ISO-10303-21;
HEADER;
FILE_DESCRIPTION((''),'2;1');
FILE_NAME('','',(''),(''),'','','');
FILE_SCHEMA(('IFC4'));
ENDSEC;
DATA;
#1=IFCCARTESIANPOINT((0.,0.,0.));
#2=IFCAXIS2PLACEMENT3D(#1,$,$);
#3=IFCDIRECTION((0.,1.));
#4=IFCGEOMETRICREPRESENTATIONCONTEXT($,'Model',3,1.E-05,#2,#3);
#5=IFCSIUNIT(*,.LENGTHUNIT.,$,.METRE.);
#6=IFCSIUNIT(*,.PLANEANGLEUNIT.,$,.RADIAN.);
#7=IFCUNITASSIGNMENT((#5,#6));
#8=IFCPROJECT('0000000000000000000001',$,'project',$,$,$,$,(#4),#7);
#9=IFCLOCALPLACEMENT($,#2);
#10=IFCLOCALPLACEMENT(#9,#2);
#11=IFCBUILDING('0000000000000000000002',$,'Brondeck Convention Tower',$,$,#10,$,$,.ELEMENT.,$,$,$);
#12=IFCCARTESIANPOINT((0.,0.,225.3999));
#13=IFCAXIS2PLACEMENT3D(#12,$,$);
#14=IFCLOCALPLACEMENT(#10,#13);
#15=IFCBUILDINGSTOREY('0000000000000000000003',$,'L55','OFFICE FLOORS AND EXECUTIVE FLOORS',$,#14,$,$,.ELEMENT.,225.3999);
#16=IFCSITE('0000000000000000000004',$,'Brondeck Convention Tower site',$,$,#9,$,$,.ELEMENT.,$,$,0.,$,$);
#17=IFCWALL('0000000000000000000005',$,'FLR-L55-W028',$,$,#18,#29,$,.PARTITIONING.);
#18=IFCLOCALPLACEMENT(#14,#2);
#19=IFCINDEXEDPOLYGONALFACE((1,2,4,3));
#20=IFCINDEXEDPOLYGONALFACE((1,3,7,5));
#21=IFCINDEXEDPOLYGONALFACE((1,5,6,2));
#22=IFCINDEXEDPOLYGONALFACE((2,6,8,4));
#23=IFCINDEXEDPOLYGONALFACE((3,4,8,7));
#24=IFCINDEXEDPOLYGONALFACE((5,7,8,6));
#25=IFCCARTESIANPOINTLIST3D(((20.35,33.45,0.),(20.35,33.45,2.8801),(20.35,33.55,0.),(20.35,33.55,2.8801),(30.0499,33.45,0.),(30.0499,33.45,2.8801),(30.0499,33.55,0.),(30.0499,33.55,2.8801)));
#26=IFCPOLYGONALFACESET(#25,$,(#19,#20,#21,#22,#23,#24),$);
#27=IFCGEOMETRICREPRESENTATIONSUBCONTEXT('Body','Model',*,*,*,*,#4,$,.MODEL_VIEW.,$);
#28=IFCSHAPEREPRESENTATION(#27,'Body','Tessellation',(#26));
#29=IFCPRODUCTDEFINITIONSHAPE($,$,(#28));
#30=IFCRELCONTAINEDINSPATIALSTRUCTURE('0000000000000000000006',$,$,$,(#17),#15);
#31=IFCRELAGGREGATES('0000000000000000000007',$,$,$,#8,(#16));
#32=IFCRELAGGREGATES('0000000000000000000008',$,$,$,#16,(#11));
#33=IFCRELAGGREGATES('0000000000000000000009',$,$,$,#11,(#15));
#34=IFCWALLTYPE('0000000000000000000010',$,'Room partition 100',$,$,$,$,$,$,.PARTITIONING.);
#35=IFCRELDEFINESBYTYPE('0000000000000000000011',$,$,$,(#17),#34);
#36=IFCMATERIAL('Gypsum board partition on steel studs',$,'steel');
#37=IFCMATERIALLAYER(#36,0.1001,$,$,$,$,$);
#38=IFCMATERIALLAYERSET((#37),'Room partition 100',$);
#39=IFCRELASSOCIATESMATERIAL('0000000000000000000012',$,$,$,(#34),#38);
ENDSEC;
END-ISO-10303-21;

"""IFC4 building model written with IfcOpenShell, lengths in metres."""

from ifc_helpers import new_model, si_unit, direction, frame, frame_2d, origin, place, context, subcontext, project, spatial, rectangle, extrude, material, layer, layer_set, type_object, element, save


model = new_model("IFC4")

# Units and contexts
model_context = context("Model", 3, precision=1e-05, world=origin(), true_north=direction((0.0, 1.0)))
body_context = subcontext(model_context, "Body", "Model", "MODEL_VIEW")
ifc_project = project(units=[si_unit("LENGTHUNIT", "METRE"), si_unit("PLANEANGLEUNIT", "RADIAN")], contexts=[model_context])

# Site, building, storey
site_placement = place(None, origin())
site = spatial("IfcSite", under=ifc_project, at=site_placement, Name="Brondeck Convention Tower site", CompositionType="ELEMENT", RefElevation=0.0)
building_placement = place(site_placement, origin())
building = spatial("IfcBuilding", under=site, at=building_placement, Name="Brondeck Convention Tower", CompositionType="ELEMENT")
storey_placement = place(building_placement, frame((0.0, 0.0, 225.3999)))
storey = spatial("IfcBuildingStorey", under=building, at=storey_placement, Name="L55", Description="OFFICE FLOORS AND EXECUTIVE FLOORS", CompositionType="ELEMENT", Elevation=225.3999)

# Wall
ifc_material_1 = material(Name="Gypsum board partition on steel studs", Category="steel")
ifc_layer_1 = layer(ifc_material_1, 0.1001)
ifc_layer_set_1 = layer_set([ifc_layer_1], Name="Room partition 100")
wall_type_1 = type_object("IfcWallType", Name="Room partition 100", PredefinedType="PARTITIONING", material=ifc_layer_set_1)
wall_1_placement = place(storey_placement, frame((30.05, 33.5, 0.0), z_axis=(0.0, 0.0, 1.0), x_axis=(-1.0, 0.0, 0.0)))
element("IfcWall", 1, at=wall_1_placement, inside=storey, type_object=wall_type_1, Name="FLR-L55-W028", PredefinedType="PARTITIONING", context=body_context, shape_type="SweptSolid", body=[
    extrude(rectangle(XDim=9.7, YDim=0.1001, at=frame_2d((4.8501, 0.0))), origin(), (0.0, 0.0, 1.0), 2.8801),
])

save(model, "model.ifc")
